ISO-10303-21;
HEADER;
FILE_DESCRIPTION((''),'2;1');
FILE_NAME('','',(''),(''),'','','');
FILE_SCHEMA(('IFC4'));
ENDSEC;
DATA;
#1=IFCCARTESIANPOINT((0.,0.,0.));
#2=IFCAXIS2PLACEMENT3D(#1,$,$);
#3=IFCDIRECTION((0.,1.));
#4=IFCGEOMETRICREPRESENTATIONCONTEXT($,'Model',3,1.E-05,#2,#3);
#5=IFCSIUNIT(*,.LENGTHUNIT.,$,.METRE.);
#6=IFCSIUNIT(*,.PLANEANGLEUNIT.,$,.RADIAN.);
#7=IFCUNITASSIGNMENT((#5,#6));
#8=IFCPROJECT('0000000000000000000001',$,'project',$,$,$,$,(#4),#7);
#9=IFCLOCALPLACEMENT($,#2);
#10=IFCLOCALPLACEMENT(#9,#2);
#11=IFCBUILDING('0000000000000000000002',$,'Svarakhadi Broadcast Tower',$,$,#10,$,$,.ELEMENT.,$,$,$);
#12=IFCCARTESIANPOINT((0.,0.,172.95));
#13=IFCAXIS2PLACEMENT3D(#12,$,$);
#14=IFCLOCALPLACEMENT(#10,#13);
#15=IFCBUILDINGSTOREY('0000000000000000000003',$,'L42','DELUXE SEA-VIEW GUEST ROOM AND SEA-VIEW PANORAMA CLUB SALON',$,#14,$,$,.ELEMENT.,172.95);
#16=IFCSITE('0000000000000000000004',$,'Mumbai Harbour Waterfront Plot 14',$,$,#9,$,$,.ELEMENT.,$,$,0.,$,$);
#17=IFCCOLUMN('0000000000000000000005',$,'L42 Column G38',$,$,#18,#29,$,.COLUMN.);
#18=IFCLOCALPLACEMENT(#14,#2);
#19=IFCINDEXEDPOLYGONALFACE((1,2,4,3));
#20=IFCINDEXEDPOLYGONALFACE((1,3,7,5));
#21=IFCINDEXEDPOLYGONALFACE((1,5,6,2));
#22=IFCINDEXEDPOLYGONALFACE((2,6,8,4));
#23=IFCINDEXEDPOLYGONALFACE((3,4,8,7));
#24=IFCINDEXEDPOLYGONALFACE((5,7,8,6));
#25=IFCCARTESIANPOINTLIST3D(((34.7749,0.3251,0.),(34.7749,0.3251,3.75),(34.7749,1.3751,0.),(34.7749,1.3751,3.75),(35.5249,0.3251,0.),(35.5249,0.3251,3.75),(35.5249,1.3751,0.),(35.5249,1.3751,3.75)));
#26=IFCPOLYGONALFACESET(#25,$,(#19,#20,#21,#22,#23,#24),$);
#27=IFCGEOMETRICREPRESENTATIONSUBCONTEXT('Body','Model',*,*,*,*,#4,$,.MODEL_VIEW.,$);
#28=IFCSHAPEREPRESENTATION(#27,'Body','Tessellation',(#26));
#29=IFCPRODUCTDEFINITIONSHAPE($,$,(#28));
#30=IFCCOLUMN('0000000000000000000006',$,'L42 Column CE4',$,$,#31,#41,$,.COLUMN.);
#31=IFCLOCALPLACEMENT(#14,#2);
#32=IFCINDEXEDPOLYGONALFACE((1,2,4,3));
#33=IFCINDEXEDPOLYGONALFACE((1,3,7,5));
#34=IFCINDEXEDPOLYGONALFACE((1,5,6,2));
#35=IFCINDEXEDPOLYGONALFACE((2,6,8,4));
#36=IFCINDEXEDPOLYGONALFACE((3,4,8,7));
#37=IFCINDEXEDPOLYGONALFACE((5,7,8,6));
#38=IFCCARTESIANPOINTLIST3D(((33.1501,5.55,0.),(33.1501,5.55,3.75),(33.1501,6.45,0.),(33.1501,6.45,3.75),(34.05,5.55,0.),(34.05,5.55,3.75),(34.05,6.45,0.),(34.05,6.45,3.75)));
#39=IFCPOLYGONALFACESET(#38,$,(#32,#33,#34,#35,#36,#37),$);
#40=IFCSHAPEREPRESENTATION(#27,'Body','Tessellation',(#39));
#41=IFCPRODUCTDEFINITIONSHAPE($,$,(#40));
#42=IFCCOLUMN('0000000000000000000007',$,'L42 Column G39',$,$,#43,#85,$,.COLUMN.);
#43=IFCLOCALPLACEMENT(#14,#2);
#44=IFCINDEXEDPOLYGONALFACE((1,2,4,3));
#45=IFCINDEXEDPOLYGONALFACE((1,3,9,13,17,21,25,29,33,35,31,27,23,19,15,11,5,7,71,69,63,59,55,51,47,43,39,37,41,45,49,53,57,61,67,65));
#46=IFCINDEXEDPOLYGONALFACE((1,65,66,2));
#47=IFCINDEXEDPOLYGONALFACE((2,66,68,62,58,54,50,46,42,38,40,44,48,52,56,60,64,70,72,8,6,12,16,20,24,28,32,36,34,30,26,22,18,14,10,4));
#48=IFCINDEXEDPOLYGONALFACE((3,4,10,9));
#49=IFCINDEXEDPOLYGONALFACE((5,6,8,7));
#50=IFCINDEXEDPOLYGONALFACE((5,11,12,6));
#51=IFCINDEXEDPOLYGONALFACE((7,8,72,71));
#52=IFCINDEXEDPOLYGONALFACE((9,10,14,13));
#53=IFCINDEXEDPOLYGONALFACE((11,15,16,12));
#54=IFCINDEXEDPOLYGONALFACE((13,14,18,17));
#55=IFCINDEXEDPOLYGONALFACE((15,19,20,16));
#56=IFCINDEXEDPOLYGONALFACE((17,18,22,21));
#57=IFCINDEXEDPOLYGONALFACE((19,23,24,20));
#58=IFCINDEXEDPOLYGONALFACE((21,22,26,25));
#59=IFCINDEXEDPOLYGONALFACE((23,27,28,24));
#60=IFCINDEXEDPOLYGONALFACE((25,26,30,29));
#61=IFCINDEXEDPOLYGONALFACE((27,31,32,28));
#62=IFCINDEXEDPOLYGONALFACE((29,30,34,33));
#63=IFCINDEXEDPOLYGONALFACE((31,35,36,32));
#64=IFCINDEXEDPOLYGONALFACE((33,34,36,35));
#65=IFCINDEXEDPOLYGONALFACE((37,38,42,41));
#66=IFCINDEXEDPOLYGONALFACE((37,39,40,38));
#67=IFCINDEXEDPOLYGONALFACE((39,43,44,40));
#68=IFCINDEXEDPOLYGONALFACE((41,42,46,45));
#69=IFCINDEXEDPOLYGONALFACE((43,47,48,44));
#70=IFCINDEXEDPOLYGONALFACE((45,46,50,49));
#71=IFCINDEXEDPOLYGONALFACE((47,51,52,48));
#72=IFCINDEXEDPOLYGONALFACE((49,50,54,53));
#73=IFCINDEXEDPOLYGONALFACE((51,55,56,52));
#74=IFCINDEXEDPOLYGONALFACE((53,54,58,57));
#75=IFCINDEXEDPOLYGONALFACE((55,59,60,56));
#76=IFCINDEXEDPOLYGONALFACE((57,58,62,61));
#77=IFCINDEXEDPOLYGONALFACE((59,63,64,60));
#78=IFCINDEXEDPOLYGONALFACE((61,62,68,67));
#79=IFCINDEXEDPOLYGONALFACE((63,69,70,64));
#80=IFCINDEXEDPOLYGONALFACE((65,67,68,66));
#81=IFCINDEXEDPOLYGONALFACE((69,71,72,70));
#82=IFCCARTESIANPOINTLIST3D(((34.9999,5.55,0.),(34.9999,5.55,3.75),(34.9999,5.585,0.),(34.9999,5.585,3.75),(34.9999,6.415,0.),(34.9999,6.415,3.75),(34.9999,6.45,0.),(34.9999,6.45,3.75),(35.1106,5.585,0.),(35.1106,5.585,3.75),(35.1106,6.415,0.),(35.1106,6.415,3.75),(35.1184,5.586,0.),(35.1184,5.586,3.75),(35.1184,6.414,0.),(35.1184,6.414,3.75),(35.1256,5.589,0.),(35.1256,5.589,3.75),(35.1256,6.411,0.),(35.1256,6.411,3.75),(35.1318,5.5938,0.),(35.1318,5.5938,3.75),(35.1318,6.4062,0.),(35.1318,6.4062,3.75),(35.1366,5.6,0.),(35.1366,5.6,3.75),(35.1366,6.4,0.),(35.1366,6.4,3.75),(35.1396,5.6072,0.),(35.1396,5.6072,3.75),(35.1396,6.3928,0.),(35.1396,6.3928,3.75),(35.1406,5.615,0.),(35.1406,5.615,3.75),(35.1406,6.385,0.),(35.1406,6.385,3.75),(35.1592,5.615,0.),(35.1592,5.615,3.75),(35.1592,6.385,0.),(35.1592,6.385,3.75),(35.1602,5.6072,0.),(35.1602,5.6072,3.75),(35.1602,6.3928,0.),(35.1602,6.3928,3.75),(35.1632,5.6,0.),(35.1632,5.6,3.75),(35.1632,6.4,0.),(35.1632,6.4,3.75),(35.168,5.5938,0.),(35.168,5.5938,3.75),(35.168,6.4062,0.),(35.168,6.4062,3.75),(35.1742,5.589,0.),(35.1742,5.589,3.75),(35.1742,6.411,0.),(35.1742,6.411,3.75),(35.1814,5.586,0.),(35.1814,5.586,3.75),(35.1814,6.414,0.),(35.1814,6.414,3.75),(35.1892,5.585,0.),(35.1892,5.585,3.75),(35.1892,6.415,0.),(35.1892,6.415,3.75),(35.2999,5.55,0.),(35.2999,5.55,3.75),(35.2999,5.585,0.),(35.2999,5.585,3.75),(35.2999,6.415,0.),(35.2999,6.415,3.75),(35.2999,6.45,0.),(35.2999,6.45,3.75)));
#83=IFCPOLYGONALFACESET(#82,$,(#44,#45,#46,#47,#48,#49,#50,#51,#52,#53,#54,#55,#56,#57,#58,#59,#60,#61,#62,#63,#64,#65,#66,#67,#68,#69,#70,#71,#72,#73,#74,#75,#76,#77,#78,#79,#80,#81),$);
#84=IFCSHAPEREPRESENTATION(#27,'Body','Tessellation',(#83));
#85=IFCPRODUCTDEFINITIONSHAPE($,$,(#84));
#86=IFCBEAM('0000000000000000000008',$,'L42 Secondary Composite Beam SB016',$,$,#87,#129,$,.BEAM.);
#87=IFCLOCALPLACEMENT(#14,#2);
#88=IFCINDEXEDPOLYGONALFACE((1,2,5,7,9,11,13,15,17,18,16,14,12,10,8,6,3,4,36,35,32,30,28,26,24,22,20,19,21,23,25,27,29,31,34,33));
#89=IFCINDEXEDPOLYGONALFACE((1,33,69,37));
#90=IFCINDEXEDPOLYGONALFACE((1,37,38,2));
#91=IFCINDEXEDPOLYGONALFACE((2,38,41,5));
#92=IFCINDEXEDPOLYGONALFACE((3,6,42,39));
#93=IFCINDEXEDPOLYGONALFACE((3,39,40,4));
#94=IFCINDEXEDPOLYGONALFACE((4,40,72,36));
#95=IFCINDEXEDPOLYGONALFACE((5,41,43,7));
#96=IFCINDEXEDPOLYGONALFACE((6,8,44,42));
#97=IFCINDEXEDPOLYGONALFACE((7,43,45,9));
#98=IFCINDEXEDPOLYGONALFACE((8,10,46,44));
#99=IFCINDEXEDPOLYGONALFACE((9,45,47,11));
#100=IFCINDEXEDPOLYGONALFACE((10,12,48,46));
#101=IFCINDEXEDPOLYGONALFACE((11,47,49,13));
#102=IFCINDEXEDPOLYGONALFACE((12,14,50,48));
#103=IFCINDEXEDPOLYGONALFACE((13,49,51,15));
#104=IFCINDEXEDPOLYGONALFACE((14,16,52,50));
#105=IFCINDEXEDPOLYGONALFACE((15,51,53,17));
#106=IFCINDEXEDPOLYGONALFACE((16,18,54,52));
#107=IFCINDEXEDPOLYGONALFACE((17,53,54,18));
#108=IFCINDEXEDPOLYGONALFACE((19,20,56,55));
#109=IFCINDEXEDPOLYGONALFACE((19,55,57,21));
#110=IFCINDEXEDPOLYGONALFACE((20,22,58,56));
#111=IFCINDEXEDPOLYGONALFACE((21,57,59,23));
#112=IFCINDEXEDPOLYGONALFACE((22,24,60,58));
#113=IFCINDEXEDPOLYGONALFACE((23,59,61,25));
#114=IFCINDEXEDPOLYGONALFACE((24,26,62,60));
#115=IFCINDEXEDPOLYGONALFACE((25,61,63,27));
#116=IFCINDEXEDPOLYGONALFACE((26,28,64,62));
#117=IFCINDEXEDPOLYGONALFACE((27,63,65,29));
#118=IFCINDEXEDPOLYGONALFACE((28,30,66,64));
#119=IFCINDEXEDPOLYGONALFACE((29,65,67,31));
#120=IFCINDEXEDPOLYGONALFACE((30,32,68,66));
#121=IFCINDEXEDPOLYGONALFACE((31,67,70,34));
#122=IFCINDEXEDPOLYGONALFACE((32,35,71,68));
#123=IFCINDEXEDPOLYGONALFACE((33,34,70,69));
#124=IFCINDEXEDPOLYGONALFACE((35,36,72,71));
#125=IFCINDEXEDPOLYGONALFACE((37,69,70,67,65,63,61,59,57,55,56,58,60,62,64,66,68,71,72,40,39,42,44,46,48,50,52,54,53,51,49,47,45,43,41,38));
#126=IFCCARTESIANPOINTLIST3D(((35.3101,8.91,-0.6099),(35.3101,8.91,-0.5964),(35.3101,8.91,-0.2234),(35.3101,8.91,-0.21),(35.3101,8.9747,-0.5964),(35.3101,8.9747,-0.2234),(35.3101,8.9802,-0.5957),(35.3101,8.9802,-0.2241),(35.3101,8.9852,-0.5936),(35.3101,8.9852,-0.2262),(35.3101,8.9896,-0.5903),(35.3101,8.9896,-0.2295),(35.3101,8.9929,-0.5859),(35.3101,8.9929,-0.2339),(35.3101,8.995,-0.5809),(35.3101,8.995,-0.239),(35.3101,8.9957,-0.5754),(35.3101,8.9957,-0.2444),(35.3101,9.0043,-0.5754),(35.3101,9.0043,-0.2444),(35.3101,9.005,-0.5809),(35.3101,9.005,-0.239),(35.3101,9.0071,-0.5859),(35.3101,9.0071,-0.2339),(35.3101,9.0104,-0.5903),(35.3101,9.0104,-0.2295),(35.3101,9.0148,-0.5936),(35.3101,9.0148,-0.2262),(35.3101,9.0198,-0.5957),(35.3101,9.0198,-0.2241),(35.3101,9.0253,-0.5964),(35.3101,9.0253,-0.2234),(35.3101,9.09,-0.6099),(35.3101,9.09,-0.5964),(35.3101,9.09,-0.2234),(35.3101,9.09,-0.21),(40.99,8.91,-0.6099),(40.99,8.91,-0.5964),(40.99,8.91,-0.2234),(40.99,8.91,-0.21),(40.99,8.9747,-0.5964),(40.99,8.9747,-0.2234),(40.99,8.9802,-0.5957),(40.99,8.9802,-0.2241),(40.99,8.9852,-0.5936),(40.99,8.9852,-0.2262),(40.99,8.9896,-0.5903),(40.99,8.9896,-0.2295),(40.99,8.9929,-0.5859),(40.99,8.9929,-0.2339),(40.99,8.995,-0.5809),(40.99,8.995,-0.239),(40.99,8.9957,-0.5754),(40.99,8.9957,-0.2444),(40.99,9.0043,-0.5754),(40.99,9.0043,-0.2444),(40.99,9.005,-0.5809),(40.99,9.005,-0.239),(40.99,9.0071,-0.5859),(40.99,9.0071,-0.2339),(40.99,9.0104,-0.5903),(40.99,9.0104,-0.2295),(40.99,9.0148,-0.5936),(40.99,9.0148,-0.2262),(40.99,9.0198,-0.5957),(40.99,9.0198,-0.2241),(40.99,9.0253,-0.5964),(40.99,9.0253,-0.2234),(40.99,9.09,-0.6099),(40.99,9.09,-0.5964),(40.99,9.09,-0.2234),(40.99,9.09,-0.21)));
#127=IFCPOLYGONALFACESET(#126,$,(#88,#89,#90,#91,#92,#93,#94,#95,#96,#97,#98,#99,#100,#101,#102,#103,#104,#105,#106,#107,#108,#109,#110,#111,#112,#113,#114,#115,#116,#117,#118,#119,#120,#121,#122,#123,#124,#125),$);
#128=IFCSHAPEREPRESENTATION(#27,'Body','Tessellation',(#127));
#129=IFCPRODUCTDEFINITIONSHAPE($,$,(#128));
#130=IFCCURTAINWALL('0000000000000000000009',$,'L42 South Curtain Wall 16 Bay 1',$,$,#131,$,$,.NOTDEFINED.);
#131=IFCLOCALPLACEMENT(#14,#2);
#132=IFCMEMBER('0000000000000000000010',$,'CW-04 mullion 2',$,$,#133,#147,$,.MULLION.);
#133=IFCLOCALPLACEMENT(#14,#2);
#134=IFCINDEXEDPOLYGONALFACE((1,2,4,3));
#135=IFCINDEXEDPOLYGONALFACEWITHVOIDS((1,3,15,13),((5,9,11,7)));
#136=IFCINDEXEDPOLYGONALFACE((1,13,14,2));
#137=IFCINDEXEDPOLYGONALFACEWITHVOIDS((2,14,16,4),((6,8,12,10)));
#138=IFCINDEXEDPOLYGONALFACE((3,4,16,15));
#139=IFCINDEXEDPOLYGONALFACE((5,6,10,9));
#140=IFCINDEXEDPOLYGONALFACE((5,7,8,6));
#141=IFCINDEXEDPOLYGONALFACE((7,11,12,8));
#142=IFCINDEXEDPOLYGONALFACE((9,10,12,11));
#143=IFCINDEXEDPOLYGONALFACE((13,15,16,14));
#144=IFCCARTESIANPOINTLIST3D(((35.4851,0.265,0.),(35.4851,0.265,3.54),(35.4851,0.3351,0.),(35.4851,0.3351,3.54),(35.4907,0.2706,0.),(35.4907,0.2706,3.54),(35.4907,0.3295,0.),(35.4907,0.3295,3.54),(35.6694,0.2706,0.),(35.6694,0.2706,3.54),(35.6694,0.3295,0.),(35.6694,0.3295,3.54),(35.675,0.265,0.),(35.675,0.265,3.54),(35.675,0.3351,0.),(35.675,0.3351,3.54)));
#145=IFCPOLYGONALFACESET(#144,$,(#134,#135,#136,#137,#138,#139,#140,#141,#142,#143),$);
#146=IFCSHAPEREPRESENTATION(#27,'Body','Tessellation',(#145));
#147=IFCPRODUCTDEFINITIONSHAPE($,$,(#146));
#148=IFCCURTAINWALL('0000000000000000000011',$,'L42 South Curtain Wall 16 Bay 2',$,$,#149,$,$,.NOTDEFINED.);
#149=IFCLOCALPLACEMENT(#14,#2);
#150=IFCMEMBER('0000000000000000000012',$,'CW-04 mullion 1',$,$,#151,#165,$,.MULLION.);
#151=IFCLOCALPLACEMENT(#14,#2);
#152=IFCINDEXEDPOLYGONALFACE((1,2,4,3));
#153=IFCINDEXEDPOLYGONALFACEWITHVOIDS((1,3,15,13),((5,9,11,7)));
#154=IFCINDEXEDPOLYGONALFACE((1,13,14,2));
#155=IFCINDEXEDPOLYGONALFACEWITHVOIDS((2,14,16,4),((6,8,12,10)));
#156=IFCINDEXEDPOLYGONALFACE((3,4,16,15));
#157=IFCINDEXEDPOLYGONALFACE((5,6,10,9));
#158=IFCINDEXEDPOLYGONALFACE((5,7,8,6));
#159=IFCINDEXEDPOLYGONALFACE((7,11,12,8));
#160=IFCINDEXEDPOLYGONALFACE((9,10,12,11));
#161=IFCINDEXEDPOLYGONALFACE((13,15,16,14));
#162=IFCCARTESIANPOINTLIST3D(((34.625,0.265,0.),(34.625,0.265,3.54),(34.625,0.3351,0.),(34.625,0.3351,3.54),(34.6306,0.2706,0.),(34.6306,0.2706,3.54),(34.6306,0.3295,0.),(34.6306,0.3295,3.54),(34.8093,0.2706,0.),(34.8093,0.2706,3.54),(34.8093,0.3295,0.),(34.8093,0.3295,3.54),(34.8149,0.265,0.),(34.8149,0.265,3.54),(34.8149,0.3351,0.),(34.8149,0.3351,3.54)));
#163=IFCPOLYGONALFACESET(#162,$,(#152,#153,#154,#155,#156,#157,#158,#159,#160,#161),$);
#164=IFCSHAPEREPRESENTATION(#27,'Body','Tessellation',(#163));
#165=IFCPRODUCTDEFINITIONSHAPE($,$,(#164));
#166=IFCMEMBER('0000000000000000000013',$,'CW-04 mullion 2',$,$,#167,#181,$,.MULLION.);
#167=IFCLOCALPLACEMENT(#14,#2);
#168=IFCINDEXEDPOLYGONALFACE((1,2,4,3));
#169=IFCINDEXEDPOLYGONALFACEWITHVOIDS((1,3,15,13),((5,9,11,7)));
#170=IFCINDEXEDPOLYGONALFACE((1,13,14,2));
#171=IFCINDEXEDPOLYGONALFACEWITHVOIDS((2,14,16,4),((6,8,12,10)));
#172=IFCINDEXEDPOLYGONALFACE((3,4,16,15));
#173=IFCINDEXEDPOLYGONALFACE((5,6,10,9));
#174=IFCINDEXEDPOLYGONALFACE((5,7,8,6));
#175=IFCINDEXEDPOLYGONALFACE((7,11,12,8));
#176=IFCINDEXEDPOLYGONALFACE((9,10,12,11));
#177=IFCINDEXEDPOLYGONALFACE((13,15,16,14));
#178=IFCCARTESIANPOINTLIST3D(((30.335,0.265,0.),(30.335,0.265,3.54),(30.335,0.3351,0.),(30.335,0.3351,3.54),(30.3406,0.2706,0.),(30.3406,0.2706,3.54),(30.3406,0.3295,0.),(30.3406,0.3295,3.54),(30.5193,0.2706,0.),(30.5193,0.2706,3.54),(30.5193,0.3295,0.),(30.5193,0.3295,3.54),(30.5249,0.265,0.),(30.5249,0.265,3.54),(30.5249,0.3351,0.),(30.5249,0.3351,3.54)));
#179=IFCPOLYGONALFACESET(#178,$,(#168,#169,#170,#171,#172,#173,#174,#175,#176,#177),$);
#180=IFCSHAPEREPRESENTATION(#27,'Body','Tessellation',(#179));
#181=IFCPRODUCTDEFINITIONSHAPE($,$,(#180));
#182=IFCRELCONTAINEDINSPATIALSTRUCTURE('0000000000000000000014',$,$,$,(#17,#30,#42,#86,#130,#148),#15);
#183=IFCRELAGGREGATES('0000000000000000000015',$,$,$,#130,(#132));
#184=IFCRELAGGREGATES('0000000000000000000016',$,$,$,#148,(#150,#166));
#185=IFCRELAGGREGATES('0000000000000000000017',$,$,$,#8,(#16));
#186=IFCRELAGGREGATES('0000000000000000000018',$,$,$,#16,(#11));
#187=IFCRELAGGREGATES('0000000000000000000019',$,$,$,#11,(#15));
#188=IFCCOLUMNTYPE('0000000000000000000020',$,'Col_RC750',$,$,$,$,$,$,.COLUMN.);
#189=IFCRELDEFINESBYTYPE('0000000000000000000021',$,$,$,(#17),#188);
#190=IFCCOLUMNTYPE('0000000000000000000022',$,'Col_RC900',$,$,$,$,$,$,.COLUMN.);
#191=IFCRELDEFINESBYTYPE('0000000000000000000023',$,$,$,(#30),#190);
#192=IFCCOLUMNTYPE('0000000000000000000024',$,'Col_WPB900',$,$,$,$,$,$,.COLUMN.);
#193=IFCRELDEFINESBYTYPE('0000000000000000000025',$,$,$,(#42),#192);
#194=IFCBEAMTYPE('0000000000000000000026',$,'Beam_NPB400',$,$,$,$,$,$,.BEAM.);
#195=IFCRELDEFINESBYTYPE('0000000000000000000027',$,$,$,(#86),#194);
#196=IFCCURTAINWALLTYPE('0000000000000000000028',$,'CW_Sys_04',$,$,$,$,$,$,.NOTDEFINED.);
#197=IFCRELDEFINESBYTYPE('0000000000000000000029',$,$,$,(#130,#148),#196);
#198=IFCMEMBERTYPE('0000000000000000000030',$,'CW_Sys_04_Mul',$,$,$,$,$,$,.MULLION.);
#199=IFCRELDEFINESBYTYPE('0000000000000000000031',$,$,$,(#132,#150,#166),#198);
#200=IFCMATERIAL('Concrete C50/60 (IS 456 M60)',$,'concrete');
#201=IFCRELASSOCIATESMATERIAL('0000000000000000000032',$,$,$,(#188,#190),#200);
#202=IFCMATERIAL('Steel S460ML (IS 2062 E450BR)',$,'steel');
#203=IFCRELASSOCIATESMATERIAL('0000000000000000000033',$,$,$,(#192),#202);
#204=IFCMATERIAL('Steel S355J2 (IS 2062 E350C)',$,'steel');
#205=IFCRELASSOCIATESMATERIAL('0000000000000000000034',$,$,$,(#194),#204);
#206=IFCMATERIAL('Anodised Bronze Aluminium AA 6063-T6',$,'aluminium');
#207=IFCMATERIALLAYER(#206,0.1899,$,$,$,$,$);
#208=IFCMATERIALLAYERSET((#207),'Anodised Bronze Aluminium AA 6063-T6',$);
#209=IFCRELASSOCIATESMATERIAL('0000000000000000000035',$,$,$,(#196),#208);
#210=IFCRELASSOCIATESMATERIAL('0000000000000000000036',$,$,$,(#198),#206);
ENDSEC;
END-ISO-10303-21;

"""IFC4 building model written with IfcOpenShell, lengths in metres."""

from ifc_helpers import new_model, si_unit, direction, frame, origin, origin_2d, place, context, subcontext, project, spatial, rectangle, hollow_rectangle, i_section, extrude, material, layer, layer_set, material_profile, profile_set, type_object, element, aggregate, save


model = new_model("IFC4")

# Units and contexts
model_context = context("Model", 3, precision=1e-05, world=origin(), true_north=direction((0.0, 1.0)))
body_context = subcontext(model_context, "Body", "Model", "MODEL_VIEW")
ifc_project = project(units=[si_unit("LENGTHUNIT", "METRE"), si_unit("PLANEANGLEUNIT", "RADIAN")], contexts=[model_context])

# Site, building, storey
site_placement = place(None, origin())
site = spatial("IfcSite", under=ifc_project, at=site_placement, Name="Mumbai Harbour Waterfront Plot 14", CompositionType="ELEMENT", RefElevation=0.0)
building_placement = place(site_placement, origin())
building = spatial("IfcBuilding", under=site, at=building_placement, Name="Svarakhadi Broadcast Tower", CompositionType="ELEMENT")
storey_placement = place(building_placement, frame((0.0, 0.0, 172.95)))
storey = spatial("IfcBuildingStorey", under=building, at=storey_placement, Name="L42", Description="DELUXE SEA-VIEW GUEST ROOM AND SEA-VIEW PANORAMA CLUB SALON", CompositionType="ELEMENT", Elevation=172.95)

# Columns
ifc_material_1 = material(Name="Concrete C50/60 (IS 456 M60)", Category="concrete")
ifc_material_profile_1 = material_profile(ifc_material_1, rectangle(XDim=0.75, YDim=1.05, at=origin_2d()), Name="RC 750x1050")
ifc_profile_set_1 = profile_set([ifc_material_profile_1], Name="Concrete C50/60 (IS 456 M60)")
column_type_1 = type_object("IfcColumnType", Name="Col_RC750", PredefinedType="COLUMN", material=ifc_profile_set_1)
column_1_placement = place(storey_placement, frame((35.1499, 0.8501, 0.0), z_axis=(0.0, 0.0, 1.0), x_axis=(1.0, 0.0, 0.0)))
element("IfcColumn", 1, at=column_1_placement, inside=storey, type_object=column_type_1, Name="L42 Column G38", PredefinedType="COLUMN", context=body_context, shape_type="SweptSolid", body=[
    extrude(rectangle(XDim=0.75, YDim=1.05, at=origin_2d()), origin(), (0.0, 0.0, 1.0), 3.75),
])
ifc_material_profile_2 = material_profile(ifc_material_1, rectangle(XDim=0.8999, YDim=0.8999, at=origin_2d()), Name="RC 900x900")
ifc_profile_set_2 = profile_set([ifc_material_profile_2], Name="Concrete C50/60 (IS 456 M60)")
column_type_2 = type_object("IfcColumnType", Name="Col_RC900", PredefinedType="COLUMN", material=ifc_profile_set_2)
column_2_placement = place(storey_placement, frame((33.6001, 6.0, 0.0), z_axis=(0.0, 0.0, 1.0), x_axis=(1.0, 0.0, 0.0)))
element("IfcColumn", 2, at=column_2_placement, inside=storey, type_object=column_type_2, Name="L42 Column CE4", PredefinedType="COLUMN", context=body_context, shape_type="SweptSolid", body=[
    extrude(rectangle(XDim=0.8999, YDim=0.8999, at=origin_2d()), origin(), (0.0, 0.0, 1.0), 3.75),
])
ifc_material_2 = material(Name="Steel S460ML (IS 2062 E450BR)", Category="steel")
ifc_material_profile_3 = material_profile(ifc_material_2, i_section(OverallWidth=0.3, OverallDepth=0.8999, WebThickness=0.0186, FlangeThickness=0.0349, FilletRadius=0.03, at=origin_2d()), Name="WPB 900x300x291")
ifc_profile_set_3 = profile_set([ifc_material_profile_3], Name="Steel S460ML (IS 2062 E450BR)")
column_type_3 = type_object("IfcColumnType", Name="Col_WPB900", PredefinedType="COLUMN", material=ifc_profile_set_3)
column_3_placement = place(storey_placement, frame((35.1499, 6.0, 0.0), z_axis=(0.0, 0.0, 1.0), x_axis=(1.0, 0.0, 0.0)))
element("IfcColumn", 3, at=column_3_placement, inside=storey, type_object=column_type_3, Name="L42 Column G39", PredefinedType="COLUMN", context=body_context, shape_type="SweptSolid", body=[
    extrude(i_section(OverallWidth=0.3, OverallDepth=0.8999, WebThickness=0.0186, FlangeThickness=0.0349, FilletRadius=0.03, at=origin_2d()), origin(), (0.0, 0.0, 1.0), 3.75),
])

# Beam
ifc_material_3 = material(Name="Steel S355J2 (IS 2062 E350C)", Category="steel")
ifc_material_profile_4 = material_profile(ifc_material_3, i_section(OverallWidth=0.1799, OverallDepth=0.3999, WebThickness=0.0085, FlangeThickness=0.0134, FilletRadius=0.021, at=origin_2d()), Name="NPB 400x180x66")
ifc_profile_set_4 = profile_set([ifc_material_profile_4], Name="Steel S355J2 (IS 2062 E350C)")
beam_type_1 = type_object("IfcBeamType", Name="Beam_NPB400", PredefinedType="BEAM", material=ifc_profile_set_4)
beam_1_placement = place(storey_placement, frame((35.3101, 9.0, -0.4099), z_axis=(1.0, 0.0, 0.0), x_axis=(0.0, 1.0, 0.0)))
element("IfcBeam", 4, at=beam_1_placement, inside=storey, type_object=beam_type_1, Name="L42 Secondary Composite Beam SB016", PredefinedType="BEAM", context=body_context, shape_type="SweptSolid", body=[
    extrude(i_section(OverallWidth=0.1799, OverallDepth=0.3999, WebThickness=0.0085, FlangeThickness=0.0134, FilletRadius=0.021, at=origin_2d()), origin(), (0.0, 0.0, 1.0), 5.6799),
])

# Curtain wall, member
ifc_material_4 = material(Name="Anodised Bronze Aluminium AA 6063-T6", Category="aluminium")
ifc_layer_1 = layer(ifc_material_4, 0.1899)
ifc_layer_set_1 = layer_set([ifc_layer_1], Name="Anodised Bronze Aluminium AA 6063-T6")
curtain_wall_type = type_object("IfcCurtainWallType", Name="CW_Sys_04", PredefinedType="NOTDEFINED", material=ifc_layer_set_1)
curtain_wall_1_placement = place(storey_placement, origin())
curtain_wall_1 = element("IfcCurtainWall", 5, at=curtain_wall_1_placement, inside=storey, type_object=curtain_wall_type, Name="L42 South Curtain Wall 16 Bay 1", PredefinedType="NOTDEFINED")
ifc_material_profile_5 = material_profile(ifc_material_4, hollow_rectangle(XDim=0.0701, YDim=0.1899, WallThickness=0.0056, at=origin_2d()), Name="ALU MULLION 190x70x6")
ifc_profile_set_5 = profile_set([ifc_material_profile_5], Name="Anodised Bronze Aluminium AA 6063-T6")
member_type_1 = type_object("IfcMemberType", Name="CW_Sys_04_Mul", PredefinedType="MULLION", material=ifc_profile_set_5)
member_1_placement = place(storey_placement, frame((35.5801, 0.3, 0.0), z_axis=(0.0, 0.0, 1.0), x_axis=(0.0, -1.0, 0.0)))
member_1 = element("IfcMember", 6, at=member_1_placement, type_object=member_type_1, Name="CW-04 mullion 2", PredefinedType="MULLION", context=body_context, shape_type="SweptSolid", body=[
    extrude(hollow_rectangle(XDim=0.0701, YDim=0.1899, WallThickness=0.0056, at=origin_2d()), origin(), (0.0, 0.0, 1.0), 3.54),
])
aggregate(curtain_wall_1, [member_1])

# Curtain wall, members
curtain_wall_2_placement = place(storey_placement, origin())
curtain_wall_2 = element("IfcCurtainWall", 7, at=curtain_wall_2_placement, inside=storey, type_object=curtain_wall_type, Name="L42 South Curtain Wall 16 Bay 2", PredefinedType="NOTDEFINED")
member_2_placement = place(storey_placement, frame((34.72, 0.3, 0.0), z_axis=(0.0, 0.0, 1.0), x_axis=(0.0, -1.0, 0.0)))
member_2 = element("IfcMember", 8, at=member_2_placement, type_object=member_type_1, Name="CW-04 mullion 1", PredefinedType="MULLION", context=body_context, shape_type="SweptSolid", body=[
    extrude(hollow_rectangle(XDim=0.0701, YDim=0.1899, WallThickness=0.0056, at=origin_2d()), origin(), (0.0, 0.0, 1.0), 3.54),
])
member_3_placement = place(storey_placement, frame((30.4299, 0.3, 0.0), z_axis=(0.0, 0.0, 1.0), x_axis=(0.0, -1.0, 0.0)))
member_3 = element("IfcMember", 9, at=member_3_placement, type_object=member_type_1, Name="CW-04 mullion 2", PredefinedType="MULLION", context=body_context, shape_type="SweptSolid", body=[
    extrude(hollow_rectangle(XDim=0.0701, YDim=0.1899, WallThickness=0.0056, at=origin_2d()), origin(), (0.0, 0.0, 1.0), 3.54),
])

aggregate(curtain_wall_2, [member_2, member_3])

save(model, "model.ifc")
